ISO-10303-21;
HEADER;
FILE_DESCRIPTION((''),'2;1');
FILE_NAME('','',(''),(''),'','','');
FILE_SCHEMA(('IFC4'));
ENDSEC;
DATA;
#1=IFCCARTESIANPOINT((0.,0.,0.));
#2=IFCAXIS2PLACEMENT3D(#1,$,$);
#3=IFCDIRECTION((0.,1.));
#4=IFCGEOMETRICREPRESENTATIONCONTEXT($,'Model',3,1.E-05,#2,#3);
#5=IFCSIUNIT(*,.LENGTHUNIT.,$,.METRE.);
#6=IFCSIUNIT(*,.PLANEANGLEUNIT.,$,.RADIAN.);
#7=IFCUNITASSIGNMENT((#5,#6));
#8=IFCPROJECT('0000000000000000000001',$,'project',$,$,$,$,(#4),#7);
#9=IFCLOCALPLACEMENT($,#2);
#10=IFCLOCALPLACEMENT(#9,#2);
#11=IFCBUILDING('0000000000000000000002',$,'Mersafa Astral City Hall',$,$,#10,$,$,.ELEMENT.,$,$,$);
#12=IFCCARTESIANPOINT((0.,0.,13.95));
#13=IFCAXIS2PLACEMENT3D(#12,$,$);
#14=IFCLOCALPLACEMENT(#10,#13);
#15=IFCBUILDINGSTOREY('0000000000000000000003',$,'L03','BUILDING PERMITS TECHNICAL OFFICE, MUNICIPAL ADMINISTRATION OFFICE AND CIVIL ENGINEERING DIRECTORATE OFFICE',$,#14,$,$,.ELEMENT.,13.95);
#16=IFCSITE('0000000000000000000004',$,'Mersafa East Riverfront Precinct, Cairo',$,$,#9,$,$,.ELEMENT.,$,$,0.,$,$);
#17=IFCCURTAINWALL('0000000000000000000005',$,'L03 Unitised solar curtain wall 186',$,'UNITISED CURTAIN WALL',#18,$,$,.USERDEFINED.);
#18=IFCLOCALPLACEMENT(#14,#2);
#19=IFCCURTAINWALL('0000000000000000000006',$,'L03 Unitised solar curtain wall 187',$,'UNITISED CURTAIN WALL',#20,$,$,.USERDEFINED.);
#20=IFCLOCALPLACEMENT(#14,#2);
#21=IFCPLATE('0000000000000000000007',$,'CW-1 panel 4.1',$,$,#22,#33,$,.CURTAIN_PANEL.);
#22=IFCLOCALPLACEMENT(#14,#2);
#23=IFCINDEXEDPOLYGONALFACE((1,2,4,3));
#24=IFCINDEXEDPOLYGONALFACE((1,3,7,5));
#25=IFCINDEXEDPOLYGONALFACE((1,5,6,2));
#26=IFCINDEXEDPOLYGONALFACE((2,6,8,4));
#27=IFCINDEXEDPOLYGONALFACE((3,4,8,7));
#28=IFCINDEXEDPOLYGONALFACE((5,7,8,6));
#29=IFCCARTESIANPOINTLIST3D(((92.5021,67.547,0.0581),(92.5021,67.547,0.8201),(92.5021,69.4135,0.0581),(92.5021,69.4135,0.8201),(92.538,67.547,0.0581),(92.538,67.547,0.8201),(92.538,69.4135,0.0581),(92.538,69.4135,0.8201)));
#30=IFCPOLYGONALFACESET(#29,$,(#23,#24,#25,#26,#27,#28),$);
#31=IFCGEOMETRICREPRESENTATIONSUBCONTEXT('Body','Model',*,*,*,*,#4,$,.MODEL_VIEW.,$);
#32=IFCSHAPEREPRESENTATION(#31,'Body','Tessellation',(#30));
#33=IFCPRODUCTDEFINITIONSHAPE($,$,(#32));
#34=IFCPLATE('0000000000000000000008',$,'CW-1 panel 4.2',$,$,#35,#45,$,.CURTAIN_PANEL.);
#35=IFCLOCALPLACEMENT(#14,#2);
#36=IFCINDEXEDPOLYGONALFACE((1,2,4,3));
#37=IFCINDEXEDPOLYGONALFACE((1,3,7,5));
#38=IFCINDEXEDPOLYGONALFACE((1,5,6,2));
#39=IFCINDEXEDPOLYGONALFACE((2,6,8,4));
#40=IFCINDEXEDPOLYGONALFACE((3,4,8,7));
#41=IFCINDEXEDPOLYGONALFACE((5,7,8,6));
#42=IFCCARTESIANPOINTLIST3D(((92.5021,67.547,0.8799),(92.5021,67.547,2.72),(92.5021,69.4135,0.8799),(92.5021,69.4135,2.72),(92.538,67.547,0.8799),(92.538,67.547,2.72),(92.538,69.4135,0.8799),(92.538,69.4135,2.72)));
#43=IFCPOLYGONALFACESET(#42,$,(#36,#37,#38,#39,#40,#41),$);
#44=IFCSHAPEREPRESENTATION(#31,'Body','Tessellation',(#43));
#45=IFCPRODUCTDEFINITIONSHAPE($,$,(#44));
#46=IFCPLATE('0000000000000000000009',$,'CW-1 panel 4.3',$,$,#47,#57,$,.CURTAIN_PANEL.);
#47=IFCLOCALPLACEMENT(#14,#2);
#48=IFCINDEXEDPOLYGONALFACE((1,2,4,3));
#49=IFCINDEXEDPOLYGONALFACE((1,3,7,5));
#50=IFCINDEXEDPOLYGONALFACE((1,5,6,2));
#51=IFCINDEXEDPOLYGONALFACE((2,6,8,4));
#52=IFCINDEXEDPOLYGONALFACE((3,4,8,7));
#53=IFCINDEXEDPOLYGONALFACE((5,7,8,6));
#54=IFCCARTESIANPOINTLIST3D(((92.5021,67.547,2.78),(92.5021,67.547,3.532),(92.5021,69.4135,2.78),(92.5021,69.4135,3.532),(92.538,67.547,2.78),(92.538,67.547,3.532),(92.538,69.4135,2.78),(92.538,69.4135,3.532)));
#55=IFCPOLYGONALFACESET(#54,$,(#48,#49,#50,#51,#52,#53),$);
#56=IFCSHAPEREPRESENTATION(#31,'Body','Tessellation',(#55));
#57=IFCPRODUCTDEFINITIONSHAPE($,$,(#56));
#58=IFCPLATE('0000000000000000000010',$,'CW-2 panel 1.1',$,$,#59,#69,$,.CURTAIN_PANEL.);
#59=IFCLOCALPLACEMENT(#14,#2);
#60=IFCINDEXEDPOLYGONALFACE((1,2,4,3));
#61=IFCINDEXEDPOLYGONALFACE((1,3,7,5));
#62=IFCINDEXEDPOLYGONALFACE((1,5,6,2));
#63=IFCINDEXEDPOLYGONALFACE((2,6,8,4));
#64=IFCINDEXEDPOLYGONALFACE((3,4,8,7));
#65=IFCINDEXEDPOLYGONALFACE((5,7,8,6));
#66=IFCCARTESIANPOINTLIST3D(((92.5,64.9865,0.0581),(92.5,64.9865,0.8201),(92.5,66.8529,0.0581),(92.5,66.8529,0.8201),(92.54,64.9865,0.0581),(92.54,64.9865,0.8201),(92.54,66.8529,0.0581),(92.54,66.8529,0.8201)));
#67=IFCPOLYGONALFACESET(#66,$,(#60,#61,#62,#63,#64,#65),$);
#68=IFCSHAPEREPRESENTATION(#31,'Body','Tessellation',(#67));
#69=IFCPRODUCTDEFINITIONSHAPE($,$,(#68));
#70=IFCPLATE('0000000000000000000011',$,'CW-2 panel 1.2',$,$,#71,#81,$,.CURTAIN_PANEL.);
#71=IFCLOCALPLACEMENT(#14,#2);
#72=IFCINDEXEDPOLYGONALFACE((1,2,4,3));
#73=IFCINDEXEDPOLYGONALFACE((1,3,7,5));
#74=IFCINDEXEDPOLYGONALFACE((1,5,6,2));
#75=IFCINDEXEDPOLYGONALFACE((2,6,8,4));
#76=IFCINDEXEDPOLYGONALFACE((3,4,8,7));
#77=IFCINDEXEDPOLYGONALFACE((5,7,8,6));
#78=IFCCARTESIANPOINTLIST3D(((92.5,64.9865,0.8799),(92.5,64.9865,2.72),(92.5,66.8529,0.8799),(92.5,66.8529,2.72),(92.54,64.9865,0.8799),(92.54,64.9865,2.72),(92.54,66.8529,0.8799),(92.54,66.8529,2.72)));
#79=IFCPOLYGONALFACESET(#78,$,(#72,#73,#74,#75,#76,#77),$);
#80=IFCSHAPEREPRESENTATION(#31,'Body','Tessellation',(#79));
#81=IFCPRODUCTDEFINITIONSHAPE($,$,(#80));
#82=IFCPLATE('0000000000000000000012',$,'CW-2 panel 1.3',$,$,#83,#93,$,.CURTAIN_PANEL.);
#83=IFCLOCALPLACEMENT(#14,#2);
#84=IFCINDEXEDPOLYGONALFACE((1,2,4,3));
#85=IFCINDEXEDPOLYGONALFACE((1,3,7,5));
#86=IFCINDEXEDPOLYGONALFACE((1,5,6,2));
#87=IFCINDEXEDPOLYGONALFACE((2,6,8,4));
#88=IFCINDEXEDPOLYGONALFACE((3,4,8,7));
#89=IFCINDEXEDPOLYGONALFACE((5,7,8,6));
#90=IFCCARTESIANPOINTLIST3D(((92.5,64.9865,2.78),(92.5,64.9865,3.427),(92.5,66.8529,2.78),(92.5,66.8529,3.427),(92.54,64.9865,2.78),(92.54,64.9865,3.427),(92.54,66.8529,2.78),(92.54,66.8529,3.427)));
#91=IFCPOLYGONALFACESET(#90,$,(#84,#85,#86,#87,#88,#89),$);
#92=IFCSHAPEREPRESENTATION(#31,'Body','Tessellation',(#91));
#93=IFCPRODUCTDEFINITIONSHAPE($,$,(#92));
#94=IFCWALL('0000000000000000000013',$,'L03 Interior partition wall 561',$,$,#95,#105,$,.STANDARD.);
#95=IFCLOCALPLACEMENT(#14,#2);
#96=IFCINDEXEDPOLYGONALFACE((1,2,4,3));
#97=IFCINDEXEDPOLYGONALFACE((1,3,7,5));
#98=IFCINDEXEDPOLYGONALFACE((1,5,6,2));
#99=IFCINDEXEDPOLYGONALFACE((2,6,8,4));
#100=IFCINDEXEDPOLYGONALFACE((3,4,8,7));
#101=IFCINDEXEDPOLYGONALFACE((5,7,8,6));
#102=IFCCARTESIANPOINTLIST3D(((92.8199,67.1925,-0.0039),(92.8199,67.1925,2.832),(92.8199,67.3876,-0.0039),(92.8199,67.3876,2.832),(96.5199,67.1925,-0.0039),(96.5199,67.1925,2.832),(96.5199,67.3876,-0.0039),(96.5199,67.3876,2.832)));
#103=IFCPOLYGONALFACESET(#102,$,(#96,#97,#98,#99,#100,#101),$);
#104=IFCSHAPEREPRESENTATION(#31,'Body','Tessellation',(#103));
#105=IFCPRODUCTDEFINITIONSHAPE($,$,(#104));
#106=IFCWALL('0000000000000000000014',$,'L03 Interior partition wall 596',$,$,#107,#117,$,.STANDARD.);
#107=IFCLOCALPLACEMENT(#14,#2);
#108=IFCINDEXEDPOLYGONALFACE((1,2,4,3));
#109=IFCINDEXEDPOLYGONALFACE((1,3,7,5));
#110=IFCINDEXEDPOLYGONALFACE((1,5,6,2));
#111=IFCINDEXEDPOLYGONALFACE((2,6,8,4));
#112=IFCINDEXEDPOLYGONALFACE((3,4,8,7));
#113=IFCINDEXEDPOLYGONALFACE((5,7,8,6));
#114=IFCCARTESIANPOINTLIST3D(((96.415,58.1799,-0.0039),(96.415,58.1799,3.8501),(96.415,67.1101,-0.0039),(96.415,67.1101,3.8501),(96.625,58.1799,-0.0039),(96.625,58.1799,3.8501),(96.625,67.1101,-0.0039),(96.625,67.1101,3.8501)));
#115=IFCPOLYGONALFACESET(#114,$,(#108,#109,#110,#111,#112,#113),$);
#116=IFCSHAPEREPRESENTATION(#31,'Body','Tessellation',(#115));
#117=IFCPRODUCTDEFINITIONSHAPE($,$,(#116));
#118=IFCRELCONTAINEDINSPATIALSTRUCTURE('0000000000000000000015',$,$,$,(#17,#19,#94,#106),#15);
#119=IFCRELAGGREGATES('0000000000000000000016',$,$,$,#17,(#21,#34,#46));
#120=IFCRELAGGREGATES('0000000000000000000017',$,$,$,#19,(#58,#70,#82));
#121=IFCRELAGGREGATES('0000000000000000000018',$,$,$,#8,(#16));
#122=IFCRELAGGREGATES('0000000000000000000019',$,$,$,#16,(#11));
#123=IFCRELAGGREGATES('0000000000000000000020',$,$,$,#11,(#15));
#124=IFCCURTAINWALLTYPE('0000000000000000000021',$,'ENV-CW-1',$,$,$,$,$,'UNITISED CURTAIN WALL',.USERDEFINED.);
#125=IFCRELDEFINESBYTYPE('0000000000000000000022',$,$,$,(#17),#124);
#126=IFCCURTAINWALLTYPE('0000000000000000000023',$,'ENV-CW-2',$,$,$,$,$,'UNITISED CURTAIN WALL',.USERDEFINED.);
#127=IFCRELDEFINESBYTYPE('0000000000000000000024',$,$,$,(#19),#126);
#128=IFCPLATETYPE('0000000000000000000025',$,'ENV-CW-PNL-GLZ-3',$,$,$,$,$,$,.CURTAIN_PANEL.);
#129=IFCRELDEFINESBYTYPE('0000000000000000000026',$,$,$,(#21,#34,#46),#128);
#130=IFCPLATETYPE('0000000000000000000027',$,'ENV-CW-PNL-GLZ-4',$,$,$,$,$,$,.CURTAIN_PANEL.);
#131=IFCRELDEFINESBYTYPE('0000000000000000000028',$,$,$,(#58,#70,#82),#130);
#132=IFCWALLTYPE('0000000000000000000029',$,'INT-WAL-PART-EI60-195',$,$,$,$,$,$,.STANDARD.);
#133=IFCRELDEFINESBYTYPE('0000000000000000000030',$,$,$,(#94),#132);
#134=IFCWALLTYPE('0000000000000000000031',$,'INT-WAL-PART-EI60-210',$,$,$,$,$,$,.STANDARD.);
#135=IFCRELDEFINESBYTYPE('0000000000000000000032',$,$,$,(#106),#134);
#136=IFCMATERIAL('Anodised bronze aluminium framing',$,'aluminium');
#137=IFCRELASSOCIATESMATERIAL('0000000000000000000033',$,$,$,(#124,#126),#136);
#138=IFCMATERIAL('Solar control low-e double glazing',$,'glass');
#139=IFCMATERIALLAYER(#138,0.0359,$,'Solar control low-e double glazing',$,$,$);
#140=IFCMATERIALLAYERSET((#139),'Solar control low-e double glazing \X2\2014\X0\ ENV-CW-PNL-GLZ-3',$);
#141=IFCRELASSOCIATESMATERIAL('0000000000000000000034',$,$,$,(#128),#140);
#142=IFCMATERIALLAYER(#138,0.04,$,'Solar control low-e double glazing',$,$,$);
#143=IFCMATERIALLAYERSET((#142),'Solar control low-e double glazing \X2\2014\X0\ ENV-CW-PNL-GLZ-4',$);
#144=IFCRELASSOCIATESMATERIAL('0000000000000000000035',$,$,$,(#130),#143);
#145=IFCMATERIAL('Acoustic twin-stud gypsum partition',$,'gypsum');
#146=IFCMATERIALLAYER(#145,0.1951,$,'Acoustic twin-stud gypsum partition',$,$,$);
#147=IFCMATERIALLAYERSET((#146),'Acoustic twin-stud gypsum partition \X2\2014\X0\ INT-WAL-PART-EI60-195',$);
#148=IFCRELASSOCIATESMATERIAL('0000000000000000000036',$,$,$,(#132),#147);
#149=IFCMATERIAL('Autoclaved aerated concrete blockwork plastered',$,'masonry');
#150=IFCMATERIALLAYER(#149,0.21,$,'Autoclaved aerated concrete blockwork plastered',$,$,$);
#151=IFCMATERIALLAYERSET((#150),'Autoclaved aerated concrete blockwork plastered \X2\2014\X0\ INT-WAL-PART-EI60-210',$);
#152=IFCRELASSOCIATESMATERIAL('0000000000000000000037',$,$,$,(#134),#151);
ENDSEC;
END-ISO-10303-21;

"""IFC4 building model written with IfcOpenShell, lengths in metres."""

from ifc_helpers import new_model, si_unit, direction, frame, frame_2d, origin, origin_2d, place, context, subcontext, project, spatial, rectangle, extrude, material, layer, layer_set, type_object, element, aggregate, save


model = new_model("IFC4")

# Units and contexts
model_context = context("Model", 3, precision=1e-05, world=origin(), true_north=direction((0.0, 1.0)))
body_context = subcontext(model_context, "Body", "Model", "MODEL_VIEW")
ifc_project = project(units=[si_unit("LENGTHUNIT", "METRE"), si_unit("PLANEANGLEUNIT", "RADIAN")], contexts=[model_context])

# Site, building, storey
site_placement = place(None, origin())
site = spatial("IfcSite", under=ifc_project, at=site_placement, Name="Mersafa East Riverfront Precinct, Cairo", CompositionType="ELEMENT", RefElevation=0.0)
building_placement = place(site_placement, origin())
building = spatial("IfcBuilding", under=site, at=building_placement, Name="Mersafa Astral City Hall", CompositionType="ELEMENT")
storey_placement = place(building_placement, frame((0.0, 0.0, 13.95)))
storey = spatial("IfcBuildingStorey", under=building, at=storey_placement, Name="L03", Description="BUILDING PERMITS TECHNICAL OFFICE, MUNICIPAL ADMINISTRATION OFFICE AND CIVIL ENGINEERING DIRECTORATE OFFICE", CompositionType="ELEMENT", Elevation=13.95)

# Curtain wall
ifc_material_1 = material(Name="Anodised bronze aluminium framing", Category="aluminium")
curtain_wall_type_1 = type_object("IfcCurtainWallType", Name="ENV-CW-1", ElementType="UNITISED CURTAIN WALL", PredefinedType="USERDEFINED", material=ifc_material_1)
curtain_wall_1_placement = place(storey_placement, origin())
curtain_wall_1 = element("IfcCurtainWall", 1, at=curtain_wall_1_placement, inside=storey, type_object=curtain_wall_type_1, Name="L03 Unitised solar curtain wall 186", ObjectType="UNITISED CURTAIN WALL", PredefinedType="USERDEFINED")

# Curtain wall
curtain_wall_type_2 = type_object("IfcCurtainWallType", Name="ENV-CW-2", ElementType="UNITISED CURTAIN WALL", PredefinedType="USERDEFINED", material=ifc_material_1)
curtain_wall_2_placement = place(storey_placement, origin())
curtain_wall_2 = element("IfcCurtainWall", 2, at=curtain_wall_2_placement, inside=storey, type_object=curtain_wall_type_2, Name="L03 Unitised solar curtain wall 187", ObjectType="UNITISED CURTAIN WALL", PredefinedType="USERDEFINED")

# Plates
ifc_material_2 = material(Name="Solar control low-e double glazing", Category="glass")
ifc_layer_1 = layer(ifc_material_2, 0.0359, Name="Solar control low-e double glazing")
ifc_layer_set_1 = layer_set([ifc_layer_1], Name="Solar control low-e double glazing — ENV-CW-PNL-GLZ-3")
plate_type_1 = type_object("IfcPlateType", Name="ENV-CW-PNL-GLZ-3", PredefinedType="CURTAIN_PANEL", material=ifc_layer_set_1)
plate_1_placement = place(storey_placement, frame((92.52, 68.4802, 0.0581), z_axis=(0.0, 0.0, 1.0), x_axis=(0.0, -1.0, 0.0)))
plate_1 = element("IfcPlate", 3, at=plate_1_placement, type_object=plate_type_1, Name="CW-1 panel 4.1", PredefinedType="CURTAIN_PANEL", context=body_context, shape_type="SweptSolid", body=[
    extrude(rectangle(XDim=1.8665, YDim=0.0359, at=origin_2d()), origin(), (0.0, 0.0, 1.0), 0.762),
])
plate_2_placement = place(storey_placement, frame((92.52, 68.4802, 0.8799), z_axis=(0.0, 0.0, 1.0), x_axis=(0.0, -1.0, 0.0)))
plate_2 = element("IfcPlate", 4, at=plate_2_placement, type_object=plate_type_1, Name="CW-1 panel 4.2", PredefinedType="CURTAIN_PANEL", context=body_context, shape_type="SweptSolid", body=[
    extrude(rectangle(XDim=1.8665, YDim=0.0359, at=origin_2d()), origin(), (0.0, 0.0, 1.0), 1.8401),
])
plate_3_placement = place(storey_placement, frame((92.52, 68.4802, 2.78), z_axis=(0.0, 0.0, 1.0), x_axis=(0.0, -1.0, 0.0)))
plate_3 = element("IfcPlate", 5, at=plate_3_placement, type_object=plate_type_1, Name="CW-1 panel 4.3", PredefinedType="CURTAIN_PANEL", context=body_context, shape_type="SweptSolid", body=[
    extrude(rectangle(XDim=1.8665, YDim=0.0359, at=origin_2d()), origin(), (0.0, 0.0, 1.0), 0.752),
])
aggregate(curtain_wall_1, [plate_1, plate_2, plate_3])
ifc_layer_2 = layer(ifc_material_2, 0.04, Name="Solar control low-e double glazing")
ifc_layer_set_2 = layer_set([ifc_layer_2], Name="Solar control low-e double glazing — ENV-CW-PNL-GLZ-4")
plate_type_2 = type_object("IfcPlateType", Name="ENV-CW-PNL-GLZ-4", PredefinedType="CURTAIN_PANEL", material=ifc_layer_set_2)
plate_4_placement = place(storey_placement, frame((92.52, 65.9197, 0.0581), z_axis=(0.0, 0.0, 1.0), x_axis=(0.0, -1.0, 0.0)))
plate_4 = element("IfcPlate", 6, at=plate_4_placement, type_object=plate_type_2, Name="CW-2 panel 1.1", PredefinedType="CURTAIN_PANEL", context=body_context, shape_type="SweptSolid", body=[
    extrude(rectangle(XDim=1.8665, YDim=0.04, at=origin_2d()), origin(), (0.0, 0.0, 1.0), 0.762),
])
plate_5_placement = place(storey_placement, frame((92.52, 65.9197, 0.8799), z_axis=(0.0, 0.0, 1.0), x_axis=(0.0, -1.0, 0.0)))
plate_5 = element("IfcPlate", 7, at=plate_5_placement, type_object=plate_type_2, Name="CW-2 panel 1.2", PredefinedType="CURTAIN_PANEL", context=body_context, shape_type="SweptSolid", body=[
    extrude(rectangle(XDim=1.8665, YDim=0.04, at=origin_2d()), origin(), (0.0, 0.0, 1.0), 1.8401),
])
plate_6_placement = place(storey_placement, frame((92.52, 65.9197, 2.78), z_axis=(0.0, 0.0, 1.0), x_axis=(0.0, -1.0, 0.0)))
plate_6 = element("IfcPlate", 8, at=plate_6_placement, type_object=plate_type_2, Name="CW-2 panel 1.3", PredefinedType="CURTAIN_PANEL", context=body_context, shape_type="SweptSolid", body=[
    extrude(rectangle(XDim=1.8665, YDim=0.04, at=origin_2d()), origin(), (0.0, 0.0, 1.0), 0.647),
])
aggregate(curtain_wall_2, [plate_4, plate_5, plate_6])

# Walls
ifc_material_3 = material(Name="Acoustic twin-stud gypsum partition", Category="gypsum")
ifc_layer_3 = layer(ifc_material_3, 0.1951, Name="Acoustic twin-stud gypsum partition")
ifc_layer_set_3 = layer_set([ifc_layer_3], Name="Acoustic twin-stud gypsum partition — INT-WAL-PART-EI60-195")
wall_type_1 = type_object("IfcWallType", Name="INT-WAL-PART-EI60-195", PredefinedType="STANDARD", material=ifc_layer_set_3)
wall_1_placement = place(storey_placement, frame((96.52, 67.29, -0.0039), z_axis=(0.0, 0.0, 1.0), x_axis=(-1.0, 0.0, 0.0)))
element("IfcWall", 9, at=wall_1_placement, inside=storey, type_object=wall_type_1, Name="L03 Interior partition wall 561", PredefinedType="STANDARD", context=body_context, shape_type="SweptSolid", body=[
    extrude(rectangle(XDim=3.7, YDim=0.1951, at=frame_2d((1.8501, 0.0))), origin(), (0.0, 0.0, 1.0), 2.8359),
])
ifc_material_4 = material(Name="Autoclaved aerated concrete blockwork plastered", Category="masonry")
ifc_layer_4 = layer(ifc_material_4, 0.21, Name="Autoclaved aerated concrete blockwork plastered")
ifc_layer_set_4 = layer_set([ifc_layer_4], Name="Autoclaved aerated concrete blockwork plastered — INT-WAL-PART-EI60-210")
wall_type_2 = type_object("IfcWallType", Name="INT-WAL-PART-EI60-210", PredefinedType="STANDARD", material=ifc_layer_set_4)
wall_2_placement = place(storey_placement, frame((96.52, 67.1101, -0.0039), z_axis=(0.0, 0.0, 1.0), x_axis=(0.0, -1.0, 0.0)))
element("IfcWall", 10, at=wall_2_placement, inside=storey, type_object=wall_type_2, Name="L03 Interior partition wall 596", PredefinedType="STANDARD", context=body_context, shape_type="SweptSolid", body=[
    extrude(rectangle(XDim=8.9302, YDim=0.21, at=frame_2d((4.4651, 0.0))), origin(), (0.0, 0.0, 1.0), 3.854),
])

save(model, "model.ifc")
